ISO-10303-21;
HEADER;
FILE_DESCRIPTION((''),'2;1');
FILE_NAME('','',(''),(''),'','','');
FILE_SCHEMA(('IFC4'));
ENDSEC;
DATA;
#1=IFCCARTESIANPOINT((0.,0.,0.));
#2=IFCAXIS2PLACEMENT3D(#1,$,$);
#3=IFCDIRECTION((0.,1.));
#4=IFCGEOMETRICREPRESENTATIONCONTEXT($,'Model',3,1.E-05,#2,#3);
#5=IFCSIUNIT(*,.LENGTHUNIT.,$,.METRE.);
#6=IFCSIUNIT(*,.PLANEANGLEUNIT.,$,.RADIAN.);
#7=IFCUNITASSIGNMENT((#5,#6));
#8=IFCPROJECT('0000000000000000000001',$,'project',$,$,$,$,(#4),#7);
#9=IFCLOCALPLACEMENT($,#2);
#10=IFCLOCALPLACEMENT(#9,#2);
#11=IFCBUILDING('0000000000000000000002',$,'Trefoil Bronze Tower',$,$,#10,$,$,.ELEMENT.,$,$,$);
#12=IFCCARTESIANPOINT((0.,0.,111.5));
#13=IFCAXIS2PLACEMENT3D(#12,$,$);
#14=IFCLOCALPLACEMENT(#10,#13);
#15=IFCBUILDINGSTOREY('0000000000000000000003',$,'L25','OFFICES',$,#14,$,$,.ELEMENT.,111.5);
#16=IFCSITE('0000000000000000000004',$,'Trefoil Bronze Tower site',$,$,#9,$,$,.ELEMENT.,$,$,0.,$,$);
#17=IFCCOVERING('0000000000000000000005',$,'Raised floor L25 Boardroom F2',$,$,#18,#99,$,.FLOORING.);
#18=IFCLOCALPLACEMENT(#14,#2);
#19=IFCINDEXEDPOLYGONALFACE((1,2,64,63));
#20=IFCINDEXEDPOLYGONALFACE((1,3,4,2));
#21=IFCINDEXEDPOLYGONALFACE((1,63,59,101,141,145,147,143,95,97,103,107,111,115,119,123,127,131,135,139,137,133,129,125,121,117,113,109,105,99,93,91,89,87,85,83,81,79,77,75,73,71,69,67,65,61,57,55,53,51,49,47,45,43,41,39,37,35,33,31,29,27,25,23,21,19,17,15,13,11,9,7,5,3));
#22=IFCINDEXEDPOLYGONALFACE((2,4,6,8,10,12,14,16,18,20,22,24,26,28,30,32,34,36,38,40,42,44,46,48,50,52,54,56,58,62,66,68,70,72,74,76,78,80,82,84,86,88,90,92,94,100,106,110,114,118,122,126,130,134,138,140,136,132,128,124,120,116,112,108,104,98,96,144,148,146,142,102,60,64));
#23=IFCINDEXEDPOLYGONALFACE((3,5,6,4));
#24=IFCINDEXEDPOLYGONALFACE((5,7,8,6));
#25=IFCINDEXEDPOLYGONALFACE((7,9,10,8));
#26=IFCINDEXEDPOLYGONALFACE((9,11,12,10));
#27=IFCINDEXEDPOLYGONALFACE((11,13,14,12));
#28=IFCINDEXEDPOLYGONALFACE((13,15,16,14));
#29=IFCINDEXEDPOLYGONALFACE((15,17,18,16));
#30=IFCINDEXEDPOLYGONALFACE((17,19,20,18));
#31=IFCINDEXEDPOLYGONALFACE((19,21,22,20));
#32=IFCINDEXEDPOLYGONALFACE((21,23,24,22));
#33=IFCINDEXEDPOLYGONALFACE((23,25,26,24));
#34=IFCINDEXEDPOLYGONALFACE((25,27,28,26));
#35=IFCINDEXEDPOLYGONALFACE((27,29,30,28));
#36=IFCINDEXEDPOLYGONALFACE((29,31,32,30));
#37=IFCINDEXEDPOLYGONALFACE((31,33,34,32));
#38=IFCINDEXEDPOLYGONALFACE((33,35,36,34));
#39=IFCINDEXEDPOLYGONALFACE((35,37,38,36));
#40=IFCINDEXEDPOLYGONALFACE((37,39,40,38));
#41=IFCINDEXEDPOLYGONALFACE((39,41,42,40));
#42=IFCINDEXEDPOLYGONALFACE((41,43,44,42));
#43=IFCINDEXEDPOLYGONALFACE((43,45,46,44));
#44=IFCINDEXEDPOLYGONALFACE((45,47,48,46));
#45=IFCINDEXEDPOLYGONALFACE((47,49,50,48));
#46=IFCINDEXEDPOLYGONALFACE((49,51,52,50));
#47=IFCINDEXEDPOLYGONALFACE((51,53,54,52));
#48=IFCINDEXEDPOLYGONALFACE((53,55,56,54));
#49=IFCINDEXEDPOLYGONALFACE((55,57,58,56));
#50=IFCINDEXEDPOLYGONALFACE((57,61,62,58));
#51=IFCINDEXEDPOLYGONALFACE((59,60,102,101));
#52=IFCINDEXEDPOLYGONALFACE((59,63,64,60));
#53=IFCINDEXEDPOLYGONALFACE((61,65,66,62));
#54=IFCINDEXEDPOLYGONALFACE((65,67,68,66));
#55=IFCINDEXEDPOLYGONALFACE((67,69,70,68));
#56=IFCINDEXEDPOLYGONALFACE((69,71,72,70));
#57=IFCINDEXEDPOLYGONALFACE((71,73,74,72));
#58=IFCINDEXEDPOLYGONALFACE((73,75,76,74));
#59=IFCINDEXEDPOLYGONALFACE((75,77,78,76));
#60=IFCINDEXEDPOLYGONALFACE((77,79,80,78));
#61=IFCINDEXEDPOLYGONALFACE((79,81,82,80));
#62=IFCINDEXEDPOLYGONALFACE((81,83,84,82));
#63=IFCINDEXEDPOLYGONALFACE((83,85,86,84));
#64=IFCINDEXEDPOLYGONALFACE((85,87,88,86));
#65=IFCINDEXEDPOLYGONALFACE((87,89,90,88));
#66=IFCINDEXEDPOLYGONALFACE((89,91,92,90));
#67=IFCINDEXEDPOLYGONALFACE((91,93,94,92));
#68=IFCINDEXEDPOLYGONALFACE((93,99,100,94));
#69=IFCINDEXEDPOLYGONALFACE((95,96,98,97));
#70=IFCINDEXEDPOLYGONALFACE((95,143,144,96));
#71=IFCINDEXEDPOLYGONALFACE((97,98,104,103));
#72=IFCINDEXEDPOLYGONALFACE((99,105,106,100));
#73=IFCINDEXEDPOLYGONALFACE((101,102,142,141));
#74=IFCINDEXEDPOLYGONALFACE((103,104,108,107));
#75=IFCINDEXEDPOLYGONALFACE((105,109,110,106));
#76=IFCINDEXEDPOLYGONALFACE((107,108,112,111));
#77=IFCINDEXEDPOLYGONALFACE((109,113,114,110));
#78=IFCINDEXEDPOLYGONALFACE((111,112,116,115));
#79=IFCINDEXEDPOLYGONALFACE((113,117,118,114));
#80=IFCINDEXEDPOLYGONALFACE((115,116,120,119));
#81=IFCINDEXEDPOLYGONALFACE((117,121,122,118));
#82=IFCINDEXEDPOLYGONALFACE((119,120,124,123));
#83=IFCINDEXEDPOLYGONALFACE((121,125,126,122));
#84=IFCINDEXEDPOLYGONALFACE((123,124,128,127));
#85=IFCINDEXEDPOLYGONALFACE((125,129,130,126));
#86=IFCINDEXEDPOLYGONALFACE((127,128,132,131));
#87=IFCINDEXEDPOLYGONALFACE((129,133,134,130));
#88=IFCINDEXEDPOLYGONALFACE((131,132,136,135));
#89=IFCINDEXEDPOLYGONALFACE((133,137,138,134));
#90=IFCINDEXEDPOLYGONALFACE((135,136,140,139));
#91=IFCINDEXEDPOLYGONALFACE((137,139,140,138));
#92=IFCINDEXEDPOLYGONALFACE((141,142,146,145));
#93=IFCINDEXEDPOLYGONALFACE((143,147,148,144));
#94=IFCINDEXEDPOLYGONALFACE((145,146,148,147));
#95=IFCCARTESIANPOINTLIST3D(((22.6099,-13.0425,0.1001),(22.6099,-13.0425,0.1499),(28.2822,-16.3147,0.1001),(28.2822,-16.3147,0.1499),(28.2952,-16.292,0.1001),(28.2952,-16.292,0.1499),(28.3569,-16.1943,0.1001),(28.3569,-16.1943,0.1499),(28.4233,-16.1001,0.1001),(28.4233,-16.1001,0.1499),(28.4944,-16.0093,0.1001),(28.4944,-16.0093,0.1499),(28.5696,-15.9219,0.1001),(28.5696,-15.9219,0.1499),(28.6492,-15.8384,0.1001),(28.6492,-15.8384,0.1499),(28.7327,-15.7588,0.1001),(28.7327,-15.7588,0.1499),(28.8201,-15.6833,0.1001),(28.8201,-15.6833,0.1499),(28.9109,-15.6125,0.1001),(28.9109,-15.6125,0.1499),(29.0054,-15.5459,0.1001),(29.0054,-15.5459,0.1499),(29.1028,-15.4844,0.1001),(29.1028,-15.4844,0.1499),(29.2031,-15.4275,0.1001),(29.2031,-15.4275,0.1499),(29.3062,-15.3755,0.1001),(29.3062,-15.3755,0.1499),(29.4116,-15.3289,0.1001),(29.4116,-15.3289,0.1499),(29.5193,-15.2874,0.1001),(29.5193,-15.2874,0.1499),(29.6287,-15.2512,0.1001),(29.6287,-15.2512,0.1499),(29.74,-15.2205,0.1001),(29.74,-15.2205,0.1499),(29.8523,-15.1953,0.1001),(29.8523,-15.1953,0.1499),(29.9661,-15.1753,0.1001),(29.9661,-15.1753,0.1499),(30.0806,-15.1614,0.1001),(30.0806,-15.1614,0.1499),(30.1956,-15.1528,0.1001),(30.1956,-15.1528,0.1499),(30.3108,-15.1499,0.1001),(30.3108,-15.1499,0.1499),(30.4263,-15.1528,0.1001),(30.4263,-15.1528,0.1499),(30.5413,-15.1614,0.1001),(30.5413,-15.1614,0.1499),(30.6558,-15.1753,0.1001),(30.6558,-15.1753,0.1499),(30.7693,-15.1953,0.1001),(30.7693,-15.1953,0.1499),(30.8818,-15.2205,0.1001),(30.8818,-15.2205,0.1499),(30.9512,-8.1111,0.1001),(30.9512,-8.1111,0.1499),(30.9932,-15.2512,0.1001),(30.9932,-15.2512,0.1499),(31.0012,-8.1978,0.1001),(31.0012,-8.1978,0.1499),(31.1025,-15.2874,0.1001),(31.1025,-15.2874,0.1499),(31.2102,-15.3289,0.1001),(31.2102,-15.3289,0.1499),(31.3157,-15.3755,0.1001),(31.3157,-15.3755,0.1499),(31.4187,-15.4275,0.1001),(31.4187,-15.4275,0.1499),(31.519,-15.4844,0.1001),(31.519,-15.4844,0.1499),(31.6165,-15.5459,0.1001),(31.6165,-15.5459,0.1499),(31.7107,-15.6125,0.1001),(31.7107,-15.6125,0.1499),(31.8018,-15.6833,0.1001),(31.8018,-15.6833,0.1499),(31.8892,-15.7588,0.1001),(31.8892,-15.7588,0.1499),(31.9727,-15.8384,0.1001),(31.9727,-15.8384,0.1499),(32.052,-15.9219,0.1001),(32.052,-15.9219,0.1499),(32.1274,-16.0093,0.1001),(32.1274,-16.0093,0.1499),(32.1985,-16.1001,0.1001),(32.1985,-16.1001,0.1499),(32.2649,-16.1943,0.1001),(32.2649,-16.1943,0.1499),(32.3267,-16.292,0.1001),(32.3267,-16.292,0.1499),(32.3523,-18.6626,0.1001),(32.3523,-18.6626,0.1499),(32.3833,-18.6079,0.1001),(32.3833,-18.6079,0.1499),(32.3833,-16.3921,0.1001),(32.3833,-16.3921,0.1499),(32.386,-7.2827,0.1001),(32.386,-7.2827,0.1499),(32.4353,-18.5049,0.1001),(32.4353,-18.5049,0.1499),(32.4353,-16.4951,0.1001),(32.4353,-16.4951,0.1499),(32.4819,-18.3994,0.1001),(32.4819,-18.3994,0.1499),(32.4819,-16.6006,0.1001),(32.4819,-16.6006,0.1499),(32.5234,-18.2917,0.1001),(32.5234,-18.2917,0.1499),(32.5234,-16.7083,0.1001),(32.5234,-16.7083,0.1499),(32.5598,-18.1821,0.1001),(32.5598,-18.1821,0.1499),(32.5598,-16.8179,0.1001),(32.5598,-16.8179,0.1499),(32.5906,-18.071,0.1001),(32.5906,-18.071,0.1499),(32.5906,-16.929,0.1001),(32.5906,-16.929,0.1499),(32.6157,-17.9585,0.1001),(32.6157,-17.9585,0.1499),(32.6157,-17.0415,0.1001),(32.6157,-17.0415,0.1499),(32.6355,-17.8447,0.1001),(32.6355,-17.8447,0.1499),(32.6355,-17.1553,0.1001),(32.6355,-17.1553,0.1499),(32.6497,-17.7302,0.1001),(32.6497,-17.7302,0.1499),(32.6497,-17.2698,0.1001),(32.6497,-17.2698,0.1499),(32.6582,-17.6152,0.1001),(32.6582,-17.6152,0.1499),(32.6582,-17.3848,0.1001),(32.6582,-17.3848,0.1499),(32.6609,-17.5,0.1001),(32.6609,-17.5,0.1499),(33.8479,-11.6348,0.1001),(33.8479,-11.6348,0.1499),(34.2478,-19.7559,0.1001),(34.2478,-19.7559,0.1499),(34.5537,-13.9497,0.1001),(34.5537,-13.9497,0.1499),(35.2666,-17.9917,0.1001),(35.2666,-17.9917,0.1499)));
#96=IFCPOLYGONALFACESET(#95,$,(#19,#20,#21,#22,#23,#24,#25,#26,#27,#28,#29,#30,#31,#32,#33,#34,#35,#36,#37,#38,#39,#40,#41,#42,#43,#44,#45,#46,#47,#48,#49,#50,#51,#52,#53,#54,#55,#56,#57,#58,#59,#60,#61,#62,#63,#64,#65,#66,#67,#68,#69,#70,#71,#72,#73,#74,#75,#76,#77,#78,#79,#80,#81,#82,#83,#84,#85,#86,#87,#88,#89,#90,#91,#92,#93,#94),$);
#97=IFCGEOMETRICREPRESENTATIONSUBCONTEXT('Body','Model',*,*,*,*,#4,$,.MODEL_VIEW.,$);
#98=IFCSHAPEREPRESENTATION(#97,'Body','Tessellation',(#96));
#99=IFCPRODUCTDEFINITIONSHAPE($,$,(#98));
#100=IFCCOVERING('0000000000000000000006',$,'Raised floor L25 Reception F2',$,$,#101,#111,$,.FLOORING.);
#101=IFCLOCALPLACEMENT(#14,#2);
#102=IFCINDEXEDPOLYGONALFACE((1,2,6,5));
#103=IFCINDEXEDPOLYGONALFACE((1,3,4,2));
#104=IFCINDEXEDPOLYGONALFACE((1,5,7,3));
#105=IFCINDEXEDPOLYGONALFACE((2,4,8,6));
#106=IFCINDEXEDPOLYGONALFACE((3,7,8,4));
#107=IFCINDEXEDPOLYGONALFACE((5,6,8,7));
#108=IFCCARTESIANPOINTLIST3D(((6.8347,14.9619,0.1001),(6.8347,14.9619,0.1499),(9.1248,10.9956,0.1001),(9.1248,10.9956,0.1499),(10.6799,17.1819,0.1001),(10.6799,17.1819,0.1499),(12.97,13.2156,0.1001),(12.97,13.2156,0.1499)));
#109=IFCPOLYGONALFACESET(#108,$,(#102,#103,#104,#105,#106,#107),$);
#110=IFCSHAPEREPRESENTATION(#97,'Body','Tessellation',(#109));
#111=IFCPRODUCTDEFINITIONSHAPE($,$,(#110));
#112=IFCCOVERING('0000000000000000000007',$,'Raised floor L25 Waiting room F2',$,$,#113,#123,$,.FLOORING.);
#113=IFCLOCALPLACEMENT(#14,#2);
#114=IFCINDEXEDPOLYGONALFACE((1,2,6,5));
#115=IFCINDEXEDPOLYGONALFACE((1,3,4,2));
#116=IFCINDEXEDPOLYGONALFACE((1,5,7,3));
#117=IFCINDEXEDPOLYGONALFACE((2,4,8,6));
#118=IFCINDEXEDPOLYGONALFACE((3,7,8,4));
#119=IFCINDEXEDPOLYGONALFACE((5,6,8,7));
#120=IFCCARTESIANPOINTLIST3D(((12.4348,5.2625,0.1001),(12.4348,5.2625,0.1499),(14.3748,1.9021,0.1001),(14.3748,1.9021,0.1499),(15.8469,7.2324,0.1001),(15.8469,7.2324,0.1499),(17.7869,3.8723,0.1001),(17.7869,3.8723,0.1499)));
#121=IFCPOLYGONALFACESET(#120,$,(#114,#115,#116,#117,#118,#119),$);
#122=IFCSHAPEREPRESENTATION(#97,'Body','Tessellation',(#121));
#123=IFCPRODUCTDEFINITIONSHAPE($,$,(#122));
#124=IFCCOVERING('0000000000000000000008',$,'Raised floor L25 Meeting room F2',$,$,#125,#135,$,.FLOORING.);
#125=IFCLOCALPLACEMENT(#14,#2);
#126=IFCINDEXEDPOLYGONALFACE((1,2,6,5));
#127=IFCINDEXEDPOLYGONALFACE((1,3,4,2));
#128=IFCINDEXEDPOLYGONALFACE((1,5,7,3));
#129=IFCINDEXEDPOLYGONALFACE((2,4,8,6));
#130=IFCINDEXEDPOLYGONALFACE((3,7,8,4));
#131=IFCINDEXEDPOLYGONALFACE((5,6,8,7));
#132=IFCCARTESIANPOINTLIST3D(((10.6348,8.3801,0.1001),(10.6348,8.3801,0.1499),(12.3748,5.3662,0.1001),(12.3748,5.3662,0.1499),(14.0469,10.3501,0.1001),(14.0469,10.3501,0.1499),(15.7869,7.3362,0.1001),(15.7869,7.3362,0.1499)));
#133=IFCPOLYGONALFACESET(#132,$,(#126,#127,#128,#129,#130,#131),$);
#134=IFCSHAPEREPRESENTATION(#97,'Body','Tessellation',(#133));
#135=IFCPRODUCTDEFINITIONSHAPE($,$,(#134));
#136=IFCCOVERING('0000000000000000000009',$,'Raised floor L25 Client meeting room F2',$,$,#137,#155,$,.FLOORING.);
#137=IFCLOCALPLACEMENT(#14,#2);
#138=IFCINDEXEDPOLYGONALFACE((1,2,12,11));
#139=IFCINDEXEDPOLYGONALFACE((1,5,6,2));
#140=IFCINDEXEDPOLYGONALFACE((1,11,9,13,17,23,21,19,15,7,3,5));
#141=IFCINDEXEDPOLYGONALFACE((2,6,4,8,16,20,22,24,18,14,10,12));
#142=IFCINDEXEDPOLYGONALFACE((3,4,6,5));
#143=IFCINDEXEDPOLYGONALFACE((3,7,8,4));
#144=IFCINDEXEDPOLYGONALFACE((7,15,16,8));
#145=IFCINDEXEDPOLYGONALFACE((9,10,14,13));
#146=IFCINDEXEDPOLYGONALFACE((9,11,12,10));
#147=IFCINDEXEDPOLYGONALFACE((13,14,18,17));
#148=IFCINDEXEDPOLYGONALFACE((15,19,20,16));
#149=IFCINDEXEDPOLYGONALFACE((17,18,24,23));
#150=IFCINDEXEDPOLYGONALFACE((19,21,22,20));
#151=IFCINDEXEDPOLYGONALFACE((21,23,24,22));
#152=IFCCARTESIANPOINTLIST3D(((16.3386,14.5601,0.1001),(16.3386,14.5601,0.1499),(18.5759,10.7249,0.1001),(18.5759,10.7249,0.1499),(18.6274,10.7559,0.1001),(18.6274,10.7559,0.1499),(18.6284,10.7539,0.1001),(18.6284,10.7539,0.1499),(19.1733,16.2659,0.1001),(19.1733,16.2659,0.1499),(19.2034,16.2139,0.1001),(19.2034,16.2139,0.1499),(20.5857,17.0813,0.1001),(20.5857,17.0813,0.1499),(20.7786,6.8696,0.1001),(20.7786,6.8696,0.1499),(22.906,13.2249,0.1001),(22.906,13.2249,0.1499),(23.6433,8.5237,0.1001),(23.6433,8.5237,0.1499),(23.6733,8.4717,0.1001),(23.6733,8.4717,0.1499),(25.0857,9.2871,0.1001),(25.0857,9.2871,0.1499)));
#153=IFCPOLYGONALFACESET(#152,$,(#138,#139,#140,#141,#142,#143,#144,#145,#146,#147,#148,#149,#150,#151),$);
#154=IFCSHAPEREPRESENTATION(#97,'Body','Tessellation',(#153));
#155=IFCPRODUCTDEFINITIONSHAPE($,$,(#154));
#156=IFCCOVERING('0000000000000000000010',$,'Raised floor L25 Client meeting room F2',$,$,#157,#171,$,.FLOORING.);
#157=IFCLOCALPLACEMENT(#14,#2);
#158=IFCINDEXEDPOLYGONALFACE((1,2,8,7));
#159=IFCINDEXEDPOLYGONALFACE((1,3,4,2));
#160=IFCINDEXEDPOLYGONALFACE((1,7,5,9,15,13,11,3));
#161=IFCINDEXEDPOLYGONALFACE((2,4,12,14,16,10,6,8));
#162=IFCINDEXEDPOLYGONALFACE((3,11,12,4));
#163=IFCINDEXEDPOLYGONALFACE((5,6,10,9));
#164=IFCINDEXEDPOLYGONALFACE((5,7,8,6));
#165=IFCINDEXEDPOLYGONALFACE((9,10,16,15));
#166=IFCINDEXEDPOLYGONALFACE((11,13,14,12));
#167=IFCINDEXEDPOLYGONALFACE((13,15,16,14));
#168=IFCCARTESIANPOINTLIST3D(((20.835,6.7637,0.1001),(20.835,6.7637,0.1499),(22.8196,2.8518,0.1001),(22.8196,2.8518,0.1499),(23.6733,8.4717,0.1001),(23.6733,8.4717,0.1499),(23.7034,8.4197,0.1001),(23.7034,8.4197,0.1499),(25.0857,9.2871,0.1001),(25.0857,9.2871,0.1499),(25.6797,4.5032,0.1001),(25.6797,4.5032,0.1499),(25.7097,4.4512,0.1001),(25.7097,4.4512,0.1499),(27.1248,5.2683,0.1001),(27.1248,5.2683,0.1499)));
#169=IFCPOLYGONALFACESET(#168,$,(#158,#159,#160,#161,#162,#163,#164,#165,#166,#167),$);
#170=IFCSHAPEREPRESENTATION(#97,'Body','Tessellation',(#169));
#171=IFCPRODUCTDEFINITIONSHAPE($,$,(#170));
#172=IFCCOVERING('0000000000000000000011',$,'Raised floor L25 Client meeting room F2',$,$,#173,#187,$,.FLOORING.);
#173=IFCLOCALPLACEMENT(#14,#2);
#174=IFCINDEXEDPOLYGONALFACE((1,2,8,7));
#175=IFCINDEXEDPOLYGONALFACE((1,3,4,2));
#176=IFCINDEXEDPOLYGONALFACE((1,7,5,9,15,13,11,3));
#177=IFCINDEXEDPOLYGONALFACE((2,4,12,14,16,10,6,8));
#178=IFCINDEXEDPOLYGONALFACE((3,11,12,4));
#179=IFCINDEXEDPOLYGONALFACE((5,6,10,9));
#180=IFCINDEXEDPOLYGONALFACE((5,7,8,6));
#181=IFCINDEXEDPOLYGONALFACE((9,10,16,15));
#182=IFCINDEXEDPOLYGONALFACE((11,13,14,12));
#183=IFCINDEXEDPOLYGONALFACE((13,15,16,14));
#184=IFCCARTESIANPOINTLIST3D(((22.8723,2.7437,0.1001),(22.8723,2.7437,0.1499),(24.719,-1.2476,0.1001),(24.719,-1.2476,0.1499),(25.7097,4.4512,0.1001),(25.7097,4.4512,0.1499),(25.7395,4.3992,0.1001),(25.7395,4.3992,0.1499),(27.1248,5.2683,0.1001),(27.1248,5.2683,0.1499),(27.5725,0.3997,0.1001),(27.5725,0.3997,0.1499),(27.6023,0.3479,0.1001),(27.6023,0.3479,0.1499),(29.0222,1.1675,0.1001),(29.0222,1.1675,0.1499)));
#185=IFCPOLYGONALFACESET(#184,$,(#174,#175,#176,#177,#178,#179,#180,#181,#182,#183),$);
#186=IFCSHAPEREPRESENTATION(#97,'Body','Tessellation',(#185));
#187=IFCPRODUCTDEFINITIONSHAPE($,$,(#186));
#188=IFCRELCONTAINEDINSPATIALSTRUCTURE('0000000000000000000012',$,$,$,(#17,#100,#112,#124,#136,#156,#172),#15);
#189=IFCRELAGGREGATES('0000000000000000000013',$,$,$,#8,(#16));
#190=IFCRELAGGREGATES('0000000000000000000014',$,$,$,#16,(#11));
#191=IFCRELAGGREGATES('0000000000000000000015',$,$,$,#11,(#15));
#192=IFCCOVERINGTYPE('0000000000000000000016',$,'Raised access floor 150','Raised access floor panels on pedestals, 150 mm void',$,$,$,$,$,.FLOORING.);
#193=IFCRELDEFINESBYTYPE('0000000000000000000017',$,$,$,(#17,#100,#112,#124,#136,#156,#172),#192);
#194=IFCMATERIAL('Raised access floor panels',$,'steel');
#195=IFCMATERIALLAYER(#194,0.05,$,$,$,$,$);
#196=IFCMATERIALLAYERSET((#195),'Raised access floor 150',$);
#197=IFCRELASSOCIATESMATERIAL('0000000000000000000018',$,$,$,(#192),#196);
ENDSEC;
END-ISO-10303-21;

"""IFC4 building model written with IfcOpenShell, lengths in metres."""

from ifc_helpers import new_model, si_unit, direction, frame, origin, place, context, subcontext, project, spatial, polyline, outline, extrude, material, layer, layer_set, type_object, element, save


model = new_model("IFC4")

# Units and contexts
model_context = context("Model", 3, precision=1e-05, world=origin(), true_north=direction((0.0, 1.0)))
body_context = subcontext(model_context, "Body", "Model", "MODEL_VIEW")
ifc_project = project(units=[si_unit("LENGTHUNIT", "METRE"), si_unit("PLANEANGLEUNIT", "RADIAN")], contexts=[model_context])

# Site, building, storey
site_placement = place(None, origin())
site = spatial("IfcSite", under=ifc_project, at=site_placement, Name="Trefoil Bronze Tower site", CompositionType="ELEMENT", RefElevation=0.0)
building_placement = place(site_placement, origin())
building = spatial("IfcBuilding", under=site, at=building_placement, Name="Trefoil Bronze Tower", CompositionType="ELEMENT")
storey_placement = place(building_placement, frame((0.0, 0.0, 111.5)))
storey = spatial("IfcBuildingStorey", under=building, at=storey_placement, Name="L25", Description="OFFICES", CompositionType="ELEMENT", Elevation=111.5)

# Coverings
ifc_material_1 = material(Name="Raised access floor panels", Category="steel")
ifc_layer_1 = layer(ifc_material_1, 0.05)
ifc_layer_set_1 = layer_set([ifc_layer_1], Name="Raised access floor 150")
covering_type_1 = type_object("IfcCoveringType", Name="Raised access floor 150", Description="Raised access floor panels on pedestals, 150 mm void", PredefinedType="FLOORING", material=ifc_layer_set_1)
covering_1_placement = place(storey_placement, frame((0.0, 0.0, 0.1001)))
element("IfcCovering", 1, at=covering_1_placement, inside=storey, type_object=covering_type_1, Name="Raised floor L25 Boardroom F2", PredefinedType="FLOORING", context=body_context, shape_type="SweptSolid", body=[
    extrude(outline(polyline([(28.2822, -16.3147), (22.6099, -13.0425), (31.0012, -8.1978), (30.9512, -8.1111), (32.386, -7.2827), (33.8479, -11.6348), (34.5537, -13.9497), (35.2666, -17.9917), (34.2478, -19.7559), (32.3523, -18.6626), (32.3833, -18.6079), (32.4353, -18.5049), (32.4819, -18.3994), (32.5234, -18.2917), (32.5598, -18.1821), (32.5906, -18.071), (32.6157, -17.9585), (32.6355, -17.8447), (32.6497, -17.7302), (32.6582, -17.6152), (32.6609, -17.5), (32.6582, -17.3848), (32.6497, -17.2698), (32.6355, -17.1553), (32.6157, -17.0415), (32.5906, -16.929), (32.5598, -16.8179), (32.5234, -16.7083), (32.4819, -16.6006), (32.4353, -16.4951), (32.3833, -16.3921), (32.3267, -16.292), (32.2649, -16.1943), (32.1985, -16.1001), (32.1274, -16.0093), (32.052, -15.9219), (31.9727, -15.8384), (31.8892, -15.7588), (31.8018, -15.6833), (31.7107, -15.6125), (31.6165, -15.5459), (31.519, -15.4844), (31.4187, -15.4275), (31.3157, -15.3755), (31.2102, -15.3289), (31.1025, -15.2874), (30.9932, -15.2512), (30.8818, -15.2205), (30.7693, -15.1953), (30.6558, -15.1753), (30.5413, -15.1614), (30.4263, -15.1528), (30.3108, -15.1499), (30.1956, -15.1528), (30.0806, -15.1614), (29.9661, -15.1753), (29.8523, -15.1953), (29.74, -15.2205), (29.6287, -15.2512), (29.5193, -15.2874), (29.4116, -15.3289), (29.3062, -15.3755), (29.2031, -15.4275), (29.1028, -15.4844), (29.0054, -15.5459), (28.9109, -15.6125), (28.8201, -15.6833), (28.7327, -15.7588), (28.6492, -15.8384), (28.5696, -15.9219), (28.4944, -16.0093), (28.4233, -16.1001), (28.3569, -16.1943), (28.2952, -16.292), (28.2822, -16.3147)])), origin(), (0.0, 0.0, 1.0), 0.0498),
])
covering_2_placement = place(storey_placement, frame((0.0, 0.0, 0.1001)))
element("IfcCovering", 2, at=covering_2_placement, inside=storey, type_object=covering_type_1, Name="Raised floor L25 Reception F2", PredefinedType="FLOORING", context=body_context, shape_type="SweptSolid", body=[
    extrude(outline(polyline([(6.8347, 14.9619), (10.6799, 17.1819), (12.97, 13.2156), (9.1248, 10.9956), (6.8347, 14.9619)])), origin(), (0.0, 0.0, 1.0), 0.0498),
])
covering_3_placement = place(storey_placement, frame((0.0, 0.0, 0.1001)))
element("IfcCovering", 3, at=covering_3_placement, inside=storey, type_object=covering_type_1, Name="Raised floor L25 Waiting room F2", PredefinedType="FLOORING", context=body_context, shape_type="SweptSolid", body=[
    extrude(outline(polyline([(12.4348, 5.2625), (15.8469, 7.2324), (17.7869, 3.8723), (14.3748, 1.9021), (12.4348, 5.2625)])), origin(), (0.0, 0.0, 1.0), 0.0498),
])
covering_4_placement = place(storey_placement, frame((0.0, 0.0, 0.1001)))
element("IfcCovering", 4, at=covering_4_placement, inside=storey, type_object=covering_type_1, Name="Raised floor L25 Meeting room F2", PredefinedType="FLOORING", context=body_context, shape_type="SweptSolid", body=[
    extrude(outline(polyline([(10.6348, 8.3801), (14.0469, 10.3501), (15.7869, 7.3362), (12.3748, 5.3662), (10.6348, 8.3801)])), origin(), (0.0, 0.0, 1.0), 0.0498),
])
covering_5_placement = place(storey_placement, frame((0.0, 0.0, 0.1001)))
element("IfcCovering", 5, at=covering_5_placement, inside=storey, type_object=covering_type_1, Name="Raised floor L25 Client meeting room F2", PredefinedType="FLOORING", context=body_context, shape_type="SweptSolid", body=[
    extrude(outline(polyline([(22.906, 13.2249), (25.0857, 9.2871), (23.6733, 8.4717), (23.6433, 8.5237), (20.7786, 6.8696), (18.6284, 10.7539), (18.5759, 10.7249), (18.6274, 10.7559), (16.3386, 14.5601), (19.2034, 16.2139), (19.1733, 16.2659), (20.5857, 17.0813), (22.906, 13.2249)])), origin(), (0.0, 0.0, 1.0), 0.0498),
])
covering_6_placement = place(storey_placement, frame((0.0, 0.0, 0.1001)))
element("IfcCovering", 6, at=covering_6_placement, inside=storey, type_object=covering_type_1, Name="Raised floor L25 Client meeting room F2", PredefinedType="FLOORING", context=body_context, shape_type="SweptSolid", body=[
    extrude(outline(polyline([(25.0857, 9.2871), (27.1248, 5.2683), (25.7097, 4.4512), (25.6797, 4.5032), (22.8196, 2.8518), (20.835, 6.7637), (23.7034, 8.4197), (23.6733, 8.4717), (25.0857, 9.2871)])), origin(), (0.0, 0.0, 1.0), 0.0498),
])
covering_7_placement = place(storey_placement, frame((0.0, 0.0, 0.1001)))
element("IfcCovering", 7, at=covering_7_placement, inside=storey, type_object=covering_type_1, Name="Raised floor L25 Client meeting room F2", PredefinedType="FLOORING", context=body_context, shape_type="SweptSolid", body=[
    extrude(outline(polyline([(27.1248, 5.2683), (29.0222, 1.1675), (27.6023, 0.3479), (27.5725, 0.3997), (24.719, -1.2476), (22.8723, 2.7437), (25.7395, 4.3992), (25.7097, 4.4512), (27.1248, 5.2683)])), origin(), (0.0, 0.0, 1.0), 0.0498),
])

save(model, "model.ifc")
